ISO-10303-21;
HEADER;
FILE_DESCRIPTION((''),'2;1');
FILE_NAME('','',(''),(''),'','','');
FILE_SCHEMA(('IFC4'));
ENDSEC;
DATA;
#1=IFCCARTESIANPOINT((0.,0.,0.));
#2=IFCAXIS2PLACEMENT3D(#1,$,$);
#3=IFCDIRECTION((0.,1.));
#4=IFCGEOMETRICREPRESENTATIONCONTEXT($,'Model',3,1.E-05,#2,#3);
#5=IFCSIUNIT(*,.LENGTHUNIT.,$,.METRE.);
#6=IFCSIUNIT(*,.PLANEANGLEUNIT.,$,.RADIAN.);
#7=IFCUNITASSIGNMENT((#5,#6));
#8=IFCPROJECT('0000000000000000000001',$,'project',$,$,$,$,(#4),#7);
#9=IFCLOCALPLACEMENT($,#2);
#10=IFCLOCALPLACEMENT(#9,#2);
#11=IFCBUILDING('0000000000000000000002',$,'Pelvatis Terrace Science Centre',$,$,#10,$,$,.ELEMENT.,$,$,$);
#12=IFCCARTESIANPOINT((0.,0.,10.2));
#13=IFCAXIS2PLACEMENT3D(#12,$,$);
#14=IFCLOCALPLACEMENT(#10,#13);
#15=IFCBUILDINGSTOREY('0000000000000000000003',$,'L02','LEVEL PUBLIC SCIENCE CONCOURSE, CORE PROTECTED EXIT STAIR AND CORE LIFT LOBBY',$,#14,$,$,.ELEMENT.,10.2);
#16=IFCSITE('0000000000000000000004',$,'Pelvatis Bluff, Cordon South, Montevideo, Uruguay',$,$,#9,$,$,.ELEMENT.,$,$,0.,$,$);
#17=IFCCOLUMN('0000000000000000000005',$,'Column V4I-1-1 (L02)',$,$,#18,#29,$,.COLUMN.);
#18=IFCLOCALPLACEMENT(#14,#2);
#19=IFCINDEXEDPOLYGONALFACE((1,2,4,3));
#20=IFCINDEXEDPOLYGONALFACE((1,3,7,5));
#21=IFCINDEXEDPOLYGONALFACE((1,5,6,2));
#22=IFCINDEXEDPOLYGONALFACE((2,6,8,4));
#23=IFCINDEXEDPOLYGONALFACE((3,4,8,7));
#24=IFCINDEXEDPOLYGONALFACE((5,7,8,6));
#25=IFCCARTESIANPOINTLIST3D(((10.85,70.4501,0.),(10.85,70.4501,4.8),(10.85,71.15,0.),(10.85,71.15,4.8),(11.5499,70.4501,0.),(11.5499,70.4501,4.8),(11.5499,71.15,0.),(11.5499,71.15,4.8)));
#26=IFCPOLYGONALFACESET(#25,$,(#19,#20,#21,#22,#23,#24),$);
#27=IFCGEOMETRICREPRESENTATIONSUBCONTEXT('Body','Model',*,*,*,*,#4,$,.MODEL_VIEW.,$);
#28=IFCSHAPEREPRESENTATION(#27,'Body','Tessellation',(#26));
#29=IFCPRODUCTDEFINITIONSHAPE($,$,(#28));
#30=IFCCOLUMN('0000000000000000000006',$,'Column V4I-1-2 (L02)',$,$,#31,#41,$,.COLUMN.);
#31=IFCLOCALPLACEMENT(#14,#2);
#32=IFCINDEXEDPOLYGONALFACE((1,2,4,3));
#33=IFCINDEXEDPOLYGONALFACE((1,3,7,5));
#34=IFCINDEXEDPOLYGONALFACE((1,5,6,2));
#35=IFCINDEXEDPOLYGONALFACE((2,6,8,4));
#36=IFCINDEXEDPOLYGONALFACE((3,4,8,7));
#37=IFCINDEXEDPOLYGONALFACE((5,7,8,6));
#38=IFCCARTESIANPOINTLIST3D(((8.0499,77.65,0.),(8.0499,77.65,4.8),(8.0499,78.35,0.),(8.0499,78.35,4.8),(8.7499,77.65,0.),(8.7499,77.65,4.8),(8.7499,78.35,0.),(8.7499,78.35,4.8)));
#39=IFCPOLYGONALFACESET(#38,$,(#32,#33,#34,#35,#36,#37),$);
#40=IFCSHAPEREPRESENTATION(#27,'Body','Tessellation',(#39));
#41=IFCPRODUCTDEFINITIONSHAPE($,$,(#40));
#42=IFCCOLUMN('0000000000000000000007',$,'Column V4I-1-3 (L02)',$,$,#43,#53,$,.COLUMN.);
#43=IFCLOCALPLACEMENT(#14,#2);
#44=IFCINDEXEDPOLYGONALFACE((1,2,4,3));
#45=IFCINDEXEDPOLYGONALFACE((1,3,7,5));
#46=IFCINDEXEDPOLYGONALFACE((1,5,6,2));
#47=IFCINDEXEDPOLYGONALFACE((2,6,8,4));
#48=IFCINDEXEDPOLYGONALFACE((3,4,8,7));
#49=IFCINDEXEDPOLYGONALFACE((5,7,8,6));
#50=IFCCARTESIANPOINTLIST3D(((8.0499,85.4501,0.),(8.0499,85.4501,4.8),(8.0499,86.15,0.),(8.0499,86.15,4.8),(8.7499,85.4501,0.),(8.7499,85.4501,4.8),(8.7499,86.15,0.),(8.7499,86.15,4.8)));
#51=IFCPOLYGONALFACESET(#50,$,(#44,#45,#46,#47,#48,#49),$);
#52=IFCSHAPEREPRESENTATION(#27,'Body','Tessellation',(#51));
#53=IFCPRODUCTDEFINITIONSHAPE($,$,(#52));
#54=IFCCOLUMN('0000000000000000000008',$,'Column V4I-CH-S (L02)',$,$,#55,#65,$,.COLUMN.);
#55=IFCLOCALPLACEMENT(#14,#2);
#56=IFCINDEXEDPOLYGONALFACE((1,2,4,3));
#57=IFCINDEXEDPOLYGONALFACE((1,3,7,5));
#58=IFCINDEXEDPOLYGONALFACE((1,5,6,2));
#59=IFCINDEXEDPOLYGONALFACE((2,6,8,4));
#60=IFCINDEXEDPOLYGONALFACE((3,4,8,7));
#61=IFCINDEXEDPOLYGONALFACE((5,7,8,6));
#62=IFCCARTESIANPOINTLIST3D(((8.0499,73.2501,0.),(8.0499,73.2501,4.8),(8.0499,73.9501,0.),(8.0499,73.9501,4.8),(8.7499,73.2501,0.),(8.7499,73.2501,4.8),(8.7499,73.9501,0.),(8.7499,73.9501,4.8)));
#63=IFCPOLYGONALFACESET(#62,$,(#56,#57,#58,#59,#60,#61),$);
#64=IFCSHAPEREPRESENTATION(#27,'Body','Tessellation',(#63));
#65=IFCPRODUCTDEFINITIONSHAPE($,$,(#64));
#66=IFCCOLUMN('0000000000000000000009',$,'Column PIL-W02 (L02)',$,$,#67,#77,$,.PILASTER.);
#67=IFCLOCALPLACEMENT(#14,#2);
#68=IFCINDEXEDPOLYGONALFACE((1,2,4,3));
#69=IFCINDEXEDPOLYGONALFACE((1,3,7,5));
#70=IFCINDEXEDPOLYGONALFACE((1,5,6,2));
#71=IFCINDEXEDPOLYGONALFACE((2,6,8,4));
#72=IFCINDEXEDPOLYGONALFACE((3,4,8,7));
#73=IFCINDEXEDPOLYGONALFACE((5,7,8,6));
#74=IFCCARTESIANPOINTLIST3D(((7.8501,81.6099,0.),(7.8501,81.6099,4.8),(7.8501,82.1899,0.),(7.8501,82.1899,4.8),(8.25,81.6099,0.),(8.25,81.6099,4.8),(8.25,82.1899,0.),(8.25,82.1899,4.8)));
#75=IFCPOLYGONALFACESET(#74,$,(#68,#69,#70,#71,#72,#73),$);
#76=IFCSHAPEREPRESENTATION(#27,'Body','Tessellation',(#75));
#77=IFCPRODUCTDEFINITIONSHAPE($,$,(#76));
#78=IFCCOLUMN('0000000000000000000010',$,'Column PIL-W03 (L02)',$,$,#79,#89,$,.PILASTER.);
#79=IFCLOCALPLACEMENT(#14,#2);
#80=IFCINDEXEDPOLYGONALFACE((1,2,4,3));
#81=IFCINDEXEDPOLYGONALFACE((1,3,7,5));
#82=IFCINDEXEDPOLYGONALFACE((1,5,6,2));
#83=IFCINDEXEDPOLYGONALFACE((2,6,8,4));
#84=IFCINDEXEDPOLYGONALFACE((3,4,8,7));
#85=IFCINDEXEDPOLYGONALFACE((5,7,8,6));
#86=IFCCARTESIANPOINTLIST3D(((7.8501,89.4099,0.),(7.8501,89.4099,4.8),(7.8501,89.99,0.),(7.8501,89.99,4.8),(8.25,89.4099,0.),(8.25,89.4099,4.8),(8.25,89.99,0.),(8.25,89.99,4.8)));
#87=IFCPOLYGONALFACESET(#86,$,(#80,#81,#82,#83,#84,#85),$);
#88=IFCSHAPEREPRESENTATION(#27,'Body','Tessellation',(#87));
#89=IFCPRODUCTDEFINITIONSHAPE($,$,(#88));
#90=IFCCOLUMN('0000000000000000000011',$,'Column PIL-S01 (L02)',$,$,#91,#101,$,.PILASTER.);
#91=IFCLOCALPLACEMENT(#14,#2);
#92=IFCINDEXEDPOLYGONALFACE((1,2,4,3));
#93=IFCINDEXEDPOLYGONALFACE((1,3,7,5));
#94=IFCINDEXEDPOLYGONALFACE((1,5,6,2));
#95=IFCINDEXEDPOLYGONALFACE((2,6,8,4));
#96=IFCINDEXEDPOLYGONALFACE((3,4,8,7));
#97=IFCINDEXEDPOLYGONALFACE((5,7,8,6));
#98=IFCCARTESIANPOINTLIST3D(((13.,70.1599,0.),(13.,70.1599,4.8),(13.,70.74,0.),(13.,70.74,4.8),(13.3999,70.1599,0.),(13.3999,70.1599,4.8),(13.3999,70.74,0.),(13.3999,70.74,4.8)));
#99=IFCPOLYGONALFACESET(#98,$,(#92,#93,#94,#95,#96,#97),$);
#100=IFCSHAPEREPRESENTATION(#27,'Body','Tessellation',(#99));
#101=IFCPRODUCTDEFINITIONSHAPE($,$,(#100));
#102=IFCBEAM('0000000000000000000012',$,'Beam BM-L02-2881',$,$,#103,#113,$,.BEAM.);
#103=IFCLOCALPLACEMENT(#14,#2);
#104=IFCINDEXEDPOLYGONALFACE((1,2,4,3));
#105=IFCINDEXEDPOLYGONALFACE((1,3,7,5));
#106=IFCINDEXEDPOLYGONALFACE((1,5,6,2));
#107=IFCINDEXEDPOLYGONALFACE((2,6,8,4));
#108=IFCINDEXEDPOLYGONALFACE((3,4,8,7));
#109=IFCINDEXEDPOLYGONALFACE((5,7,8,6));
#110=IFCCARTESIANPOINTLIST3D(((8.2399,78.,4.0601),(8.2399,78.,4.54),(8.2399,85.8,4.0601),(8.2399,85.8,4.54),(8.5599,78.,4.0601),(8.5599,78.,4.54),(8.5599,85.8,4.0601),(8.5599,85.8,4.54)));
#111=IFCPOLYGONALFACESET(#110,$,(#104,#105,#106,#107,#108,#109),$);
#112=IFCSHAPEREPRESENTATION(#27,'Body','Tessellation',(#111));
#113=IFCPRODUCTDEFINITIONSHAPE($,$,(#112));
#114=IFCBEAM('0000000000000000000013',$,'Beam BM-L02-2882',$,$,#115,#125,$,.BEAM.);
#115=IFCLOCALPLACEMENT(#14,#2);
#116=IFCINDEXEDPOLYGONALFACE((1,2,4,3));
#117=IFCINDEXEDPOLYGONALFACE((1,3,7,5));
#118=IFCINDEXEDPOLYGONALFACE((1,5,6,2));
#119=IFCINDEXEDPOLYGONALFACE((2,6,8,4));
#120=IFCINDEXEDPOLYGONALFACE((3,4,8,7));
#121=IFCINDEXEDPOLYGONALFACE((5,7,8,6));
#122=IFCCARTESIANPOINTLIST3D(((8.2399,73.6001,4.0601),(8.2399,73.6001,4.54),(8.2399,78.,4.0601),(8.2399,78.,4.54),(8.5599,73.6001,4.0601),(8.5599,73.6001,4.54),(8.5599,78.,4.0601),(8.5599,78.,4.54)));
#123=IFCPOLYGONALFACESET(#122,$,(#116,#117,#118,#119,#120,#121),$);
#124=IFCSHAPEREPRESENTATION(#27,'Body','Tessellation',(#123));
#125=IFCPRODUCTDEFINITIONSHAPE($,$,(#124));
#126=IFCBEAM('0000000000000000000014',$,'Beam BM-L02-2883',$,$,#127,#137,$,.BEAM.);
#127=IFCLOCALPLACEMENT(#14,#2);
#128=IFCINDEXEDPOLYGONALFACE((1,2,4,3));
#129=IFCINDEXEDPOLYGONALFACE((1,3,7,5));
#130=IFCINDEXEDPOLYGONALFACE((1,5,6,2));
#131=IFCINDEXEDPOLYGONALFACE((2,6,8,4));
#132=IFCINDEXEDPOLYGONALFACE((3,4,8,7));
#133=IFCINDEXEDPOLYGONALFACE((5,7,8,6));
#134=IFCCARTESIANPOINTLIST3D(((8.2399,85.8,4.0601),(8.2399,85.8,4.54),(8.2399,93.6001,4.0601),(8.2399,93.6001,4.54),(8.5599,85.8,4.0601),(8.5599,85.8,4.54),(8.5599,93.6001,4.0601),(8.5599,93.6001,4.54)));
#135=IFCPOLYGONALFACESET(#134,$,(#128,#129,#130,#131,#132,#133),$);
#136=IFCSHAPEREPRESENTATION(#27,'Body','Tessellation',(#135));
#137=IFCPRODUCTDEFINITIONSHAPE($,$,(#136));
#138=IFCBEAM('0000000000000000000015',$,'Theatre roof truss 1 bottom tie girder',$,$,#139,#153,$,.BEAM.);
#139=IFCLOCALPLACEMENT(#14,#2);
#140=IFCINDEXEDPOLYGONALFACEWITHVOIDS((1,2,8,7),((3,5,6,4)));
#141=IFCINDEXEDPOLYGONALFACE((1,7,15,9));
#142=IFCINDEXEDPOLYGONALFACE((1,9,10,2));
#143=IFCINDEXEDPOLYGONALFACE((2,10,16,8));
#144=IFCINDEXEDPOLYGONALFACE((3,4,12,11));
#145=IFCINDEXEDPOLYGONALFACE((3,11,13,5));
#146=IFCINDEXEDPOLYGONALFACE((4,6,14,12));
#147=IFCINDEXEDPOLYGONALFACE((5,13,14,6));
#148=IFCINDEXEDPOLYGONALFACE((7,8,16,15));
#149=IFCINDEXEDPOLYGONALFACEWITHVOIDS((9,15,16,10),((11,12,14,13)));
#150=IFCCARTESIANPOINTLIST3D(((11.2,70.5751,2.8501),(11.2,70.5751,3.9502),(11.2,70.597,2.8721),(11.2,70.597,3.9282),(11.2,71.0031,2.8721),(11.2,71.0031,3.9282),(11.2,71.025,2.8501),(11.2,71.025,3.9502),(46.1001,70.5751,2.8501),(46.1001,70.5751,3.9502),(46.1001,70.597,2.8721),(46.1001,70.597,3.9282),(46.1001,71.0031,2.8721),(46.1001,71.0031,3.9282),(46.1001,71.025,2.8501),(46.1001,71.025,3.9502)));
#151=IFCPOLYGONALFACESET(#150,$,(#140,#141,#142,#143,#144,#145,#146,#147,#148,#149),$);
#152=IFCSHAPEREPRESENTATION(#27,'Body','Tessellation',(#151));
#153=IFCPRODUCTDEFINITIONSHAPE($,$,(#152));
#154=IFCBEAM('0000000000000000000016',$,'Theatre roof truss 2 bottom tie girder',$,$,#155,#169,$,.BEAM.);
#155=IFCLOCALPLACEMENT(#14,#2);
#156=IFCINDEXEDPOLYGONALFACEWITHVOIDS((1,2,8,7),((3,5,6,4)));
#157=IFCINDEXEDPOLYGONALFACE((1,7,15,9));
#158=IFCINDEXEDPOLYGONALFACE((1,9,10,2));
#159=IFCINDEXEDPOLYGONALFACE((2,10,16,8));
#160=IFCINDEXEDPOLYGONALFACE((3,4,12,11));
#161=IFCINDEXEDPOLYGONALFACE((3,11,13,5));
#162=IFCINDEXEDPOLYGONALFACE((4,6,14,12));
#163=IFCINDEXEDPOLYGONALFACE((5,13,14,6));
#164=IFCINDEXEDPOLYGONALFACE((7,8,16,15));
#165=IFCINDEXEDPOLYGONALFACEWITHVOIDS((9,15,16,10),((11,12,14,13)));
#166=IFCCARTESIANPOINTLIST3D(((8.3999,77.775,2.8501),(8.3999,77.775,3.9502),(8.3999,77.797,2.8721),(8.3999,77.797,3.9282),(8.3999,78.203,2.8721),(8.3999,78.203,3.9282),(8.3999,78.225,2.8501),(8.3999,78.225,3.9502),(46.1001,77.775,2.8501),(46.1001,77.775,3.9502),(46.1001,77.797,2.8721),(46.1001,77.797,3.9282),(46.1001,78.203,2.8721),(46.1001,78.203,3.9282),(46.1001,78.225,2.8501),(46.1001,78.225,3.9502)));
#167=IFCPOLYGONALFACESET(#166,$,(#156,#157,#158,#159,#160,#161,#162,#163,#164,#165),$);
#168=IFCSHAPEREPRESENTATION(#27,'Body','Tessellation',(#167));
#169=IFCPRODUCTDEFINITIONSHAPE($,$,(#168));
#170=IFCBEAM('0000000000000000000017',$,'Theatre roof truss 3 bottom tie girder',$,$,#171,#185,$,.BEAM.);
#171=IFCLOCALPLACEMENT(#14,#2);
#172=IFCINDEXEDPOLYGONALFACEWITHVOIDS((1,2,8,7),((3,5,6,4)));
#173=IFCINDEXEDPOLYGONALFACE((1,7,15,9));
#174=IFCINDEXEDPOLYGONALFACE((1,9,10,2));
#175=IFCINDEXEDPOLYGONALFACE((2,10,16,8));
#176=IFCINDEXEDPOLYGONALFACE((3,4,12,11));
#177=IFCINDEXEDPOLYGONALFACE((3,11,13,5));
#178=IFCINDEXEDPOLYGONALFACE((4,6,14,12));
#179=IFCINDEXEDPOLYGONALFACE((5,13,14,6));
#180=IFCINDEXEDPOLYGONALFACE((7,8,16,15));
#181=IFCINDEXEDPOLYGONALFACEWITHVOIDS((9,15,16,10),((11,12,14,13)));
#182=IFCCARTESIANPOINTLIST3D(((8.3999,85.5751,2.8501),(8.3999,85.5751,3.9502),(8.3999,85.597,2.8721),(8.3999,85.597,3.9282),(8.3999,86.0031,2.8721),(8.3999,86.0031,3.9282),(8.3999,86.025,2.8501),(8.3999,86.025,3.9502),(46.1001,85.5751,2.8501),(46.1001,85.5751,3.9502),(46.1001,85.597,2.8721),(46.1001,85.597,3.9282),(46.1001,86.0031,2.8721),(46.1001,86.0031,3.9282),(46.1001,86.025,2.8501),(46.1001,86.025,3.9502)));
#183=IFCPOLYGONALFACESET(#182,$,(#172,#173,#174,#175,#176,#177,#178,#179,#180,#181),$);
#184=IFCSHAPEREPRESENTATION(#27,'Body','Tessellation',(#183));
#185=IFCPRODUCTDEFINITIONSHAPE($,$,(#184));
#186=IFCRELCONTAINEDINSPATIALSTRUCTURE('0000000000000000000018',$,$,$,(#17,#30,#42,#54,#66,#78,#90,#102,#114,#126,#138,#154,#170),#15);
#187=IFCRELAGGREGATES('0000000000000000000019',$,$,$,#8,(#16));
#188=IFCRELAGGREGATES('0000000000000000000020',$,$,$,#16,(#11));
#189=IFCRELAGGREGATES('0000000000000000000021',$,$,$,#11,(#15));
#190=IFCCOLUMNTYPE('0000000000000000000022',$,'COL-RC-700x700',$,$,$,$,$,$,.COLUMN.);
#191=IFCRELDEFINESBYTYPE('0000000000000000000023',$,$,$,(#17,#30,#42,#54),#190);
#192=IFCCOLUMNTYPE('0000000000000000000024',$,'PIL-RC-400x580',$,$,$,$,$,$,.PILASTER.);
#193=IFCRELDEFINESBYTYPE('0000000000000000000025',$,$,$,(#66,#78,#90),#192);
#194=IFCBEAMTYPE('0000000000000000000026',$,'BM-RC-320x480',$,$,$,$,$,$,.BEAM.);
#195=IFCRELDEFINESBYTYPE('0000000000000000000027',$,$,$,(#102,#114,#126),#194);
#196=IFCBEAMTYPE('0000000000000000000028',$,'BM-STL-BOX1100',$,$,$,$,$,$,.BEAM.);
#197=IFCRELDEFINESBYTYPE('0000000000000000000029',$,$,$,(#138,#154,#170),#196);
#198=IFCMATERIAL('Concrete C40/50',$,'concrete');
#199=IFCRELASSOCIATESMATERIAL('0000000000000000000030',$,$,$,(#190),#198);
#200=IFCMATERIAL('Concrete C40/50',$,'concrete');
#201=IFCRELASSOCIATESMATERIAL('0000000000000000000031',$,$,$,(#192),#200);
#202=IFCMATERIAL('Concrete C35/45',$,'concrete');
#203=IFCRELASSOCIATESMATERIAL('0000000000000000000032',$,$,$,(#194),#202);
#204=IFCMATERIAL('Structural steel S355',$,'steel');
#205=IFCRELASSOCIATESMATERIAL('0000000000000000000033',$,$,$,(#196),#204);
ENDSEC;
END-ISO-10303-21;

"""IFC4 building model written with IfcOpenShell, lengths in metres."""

from ifc_helpers import new_model, si_unit, direction, frame, origin, origin_2d, place, context, subcontext, project, spatial, rectangle, hollow_rectangle, extrude, material, material_profile, profile_set, type_object, element, save


model = new_model("IFC4")

# Units and contexts
model_context = context("Model", 3, precision=1e-05, world=origin(), true_north=direction((0.0, 1.0)))
body_context = subcontext(model_context, "Body", "Model", "MODEL_VIEW")
ifc_project = project(units=[si_unit("LENGTHUNIT", "METRE"), si_unit("PLANEANGLEUNIT", "RADIAN")], contexts=[model_context])

# Site, building, storey
site_placement = place(None, origin())
site = spatial("IfcSite", under=ifc_project, at=site_placement, Name="Pelvatis Bluff, Cordon South, Montevideo, Uruguay", CompositionType="ELEMENT", RefElevation=0.0)
building_placement = place(site_placement, origin())
building = spatial("IfcBuilding", under=site, at=building_placement, Name="Pelvatis Terrace Science Centre", CompositionType="ELEMENT")
storey_placement = place(building_placement, frame((0.0, 0.0, 10.2)))
storey = spatial("IfcBuildingStorey", under=building, at=storey_placement, Name="L02", Description="LEVEL PUBLIC SCIENCE CONCOURSE, CORE PROTECTED EXIT STAIR AND CORE LIFT LOBBY", CompositionType="ELEMENT", Elevation=10.2)

# Columns
ifc_material_1 = material(Name="Concrete C40/50", Category="concrete")
ifc_material_profile_1 = material_profile(ifc_material_1, rectangle(XDim=0.7, YDim=0.7, at=origin_2d()), Name="RC-COL 700x700")
ifc_profile_set_1 = profile_set([ifc_material_profile_1], Name="Concrete C40/50")
column_type_1 = type_object("IfcColumnType", Name="COL-RC-700x700", PredefinedType="COLUMN", material=ifc_profile_set_1)
for number, where, z_axis, x_axis, name in (
    (1, (11.2, 70.8, 0.0), (0.0, 0.0, 1.0), (1.0, 0.0, 0.0), "Column V4I-1-1 (L02)"),
    (2, (8.3999, 78.0, 0.0), (0.0, 0.0, 1.0), (1.0, 0.0, 0.0), "Column V4I-1-2 (L02)"),
    (3, (8.3999, 85.8, 0.0), (0.0, 0.0, 1.0), (1.0, 0.0, 0.0), "Column V4I-1-3 (L02)"),
    (4, (8.3999, 73.6001, 0.0), (0.0, 0.0, 1.0), (1.0, 0.0, 0.0), "Column V4I-CH-S (L02)"),
):
    element("IfcColumn", number, at=place(storey_placement, frame(where, z_axis=z_axis, x_axis=x_axis)), inside=storey, type_object=column_type_1, Name=name, PredefinedType="COLUMN", context=body_context, shape_type="SweptSolid", body=[
        extrude(rectangle(XDim=0.7, YDim=0.7, at=origin_2d()), origin(), (0.0, 0.0, 1.0), 4.8),
    ])
ifc_material_2 = material(Name="Concrete C40/50", Category="concrete")
ifc_material_profile_2 = material_profile(ifc_material_2, rectangle(XDim=0.3999, YDim=0.5801, at=origin_2d()), Name="RC-PIL 400x580")
ifc_profile_set_2 = profile_set([ifc_material_profile_2], Name="Concrete C40/50")
column_type_2 = type_object("IfcColumnType", Name="PIL-RC-400x580", PredefinedType="PILASTER", material=ifc_profile_set_2)
for number, where, z_axis, x_axis, name in (
    (5, (8.05, 81.8999, 0.0), (0.0, 0.0, 1.0), (1.0, 0.0, 0.0), "Column PIL-W02 (L02)"),
    (6, (8.05, 89.7, 0.0), (0.0, 0.0, 1.0), (1.0, 0.0, 0.0), "Column PIL-W03 (L02)"),
    (7, (13.2, 70.45, 0.0), (0.0, 0.0, 1.0), (1.0, 0.0, 0.0), "Column PIL-S01 (L02)"),
):
    element("IfcColumn", number, at=place(storey_placement, frame(where, z_axis=z_axis, x_axis=x_axis)), inside=storey, type_object=column_type_2, Name=name, PredefinedType="PILASTER", context=body_context, shape_type="SweptSolid", body=[
        extrude(rectangle(XDim=0.3999, YDim=0.5801, at=origin_2d()), origin(), (0.0, 0.0, 1.0), 4.8),
    ])

# Beams
ifc_material_3 = material(Name="Concrete C35/45", Category="concrete")
ifc_material_profile_3 = material_profile(ifc_material_3, rectangle(XDim=0.3201, YDim=0.48, at=origin_2d()), Name="RC-BM 320x480")
ifc_profile_set_3 = profile_set([ifc_material_profile_3], Name="Concrete C35/45")
beam_type_1 = type_object("IfcBeamType", Name="BM-RC-320x480", PredefinedType="BEAM", material=ifc_profile_set_3)
beam_1_placement = place(storey_placement, frame((8.3999, 78.0, 4.3), z_axis=(0.0, 1.0, 0.0), x_axis=(-1.0, 0.0, 0.0)))
element("IfcBeam", 8, at=beam_1_placement, inside=storey, type_object=beam_type_1, Name="Beam BM-L02-2881", PredefinedType="BEAM", context=body_context, shape_type="SweptSolid", body=[
    extrude(rectangle(XDim=0.3201, YDim=0.48, at=origin_2d()), origin(), (0.0, 0.0, 1.0), 7.8),
])
beam_2_placement = place(storey_placement, frame((8.3999, 78.0, 4.3), z_axis=(0.0, -1.0, 0.0), x_axis=(1.0, 0.0, 0.0)))
element("IfcBeam", 9, at=beam_2_placement, inside=storey, type_object=beam_type_1, Name="Beam BM-L02-2882", PredefinedType="BEAM", context=body_context, shape_type="SweptSolid", body=[
    extrude(rectangle(XDim=0.3201, YDim=0.48, at=origin_2d()), origin(), (0.0, 0.0, 1.0), 4.3999),
])
beam_3_placement = place(storey_placement, frame((8.3999, 85.8, 4.3), z_axis=(0.0, 1.0, 0.0), x_axis=(-1.0, 0.0, 0.0)))
element("IfcBeam", 10, at=beam_3_placement, inside=storey, type_object=beam_type_1, Name="Beam BM-L02-2883", PredefinedType="BEAM", context=body_context, shape_type="SweptSolid", body=[
    extrude(rectangle(XDim=0.3201, YDim=0.48, at=origin_2d()), origin(), (0.0, 0.0, 1.0), 7.8),
])
ifc_material_4 = material(Name="Structural steel S355", Category="steel")
ifc_material_profile_4 = material_profile(ifc_material_4, hollow_rectangle(XDim=0.45, YDim=1.1001, WallThickness=0.022, at=origin_2d()), Name="RHS 1100x450x22.0")
ifc_profile_set_4 = profile_set([ifc_material_profile_4], Name="Structural steel S355")
beam_type_2 = type_object("IfcBeamType", Name="BM-STL-BOX1100", PredefinedType="BEAM", material=ifc_profile_set_4)
beam_4_placement = place(storey_placement, frame((11.2, 70.8, 3.4001), z_axis=(1.0, 0.0, 0.0), x_axis=(0.0, 1.0, 0.0)))
element("IfcBeam", 11, at=beam_4_placement, inside=storey, type_object=beam_type_2, Name="Theatre roof truss 1 bottom tie girder", PredefinedType="BEAM", context=body_context, shape_type="SweptSolid", body=[
    extrude(hollow_rectangle(XDim=0.45, YDim=1.1001, WallThickness=0.022, at=origin_2d()), origin(), (0.0, 0.0, 1.0), 34.9001),
])
for number, where, z_axis, x_axis, name in (
    (12, (8.3999, 78.0, 3.4001), (1.0, 0.0, 0.0), (0.0, 1.0, 0.0), "Theatre roof truss 2 bottom tie girder"),
    (13, (8.3999, 85.8, 3.4001), (1.0, 0.0, 0.0), (0.0, 1.0, 0.0), "Theatre roof truss 3 bottom tie girder"),
):
    element("IfcBeam", number, at=place(storey_placement, frame(where, z_axis=z_axis, x_axis=x_axis)), inside=storey, type_object=beam_type_2, Name=name, PredefinedType="BEAM", context=body_context, shape_type="SweptSolid", body=[
        extrude(hollow_rectangle(XDim=0.45, YDim=1.1001, WallThickness=0.022, at=origin_2d()), origin(), (0.0, 0.0, 1.0), 37.7002),
    ])

save(model, "model.ifc")
